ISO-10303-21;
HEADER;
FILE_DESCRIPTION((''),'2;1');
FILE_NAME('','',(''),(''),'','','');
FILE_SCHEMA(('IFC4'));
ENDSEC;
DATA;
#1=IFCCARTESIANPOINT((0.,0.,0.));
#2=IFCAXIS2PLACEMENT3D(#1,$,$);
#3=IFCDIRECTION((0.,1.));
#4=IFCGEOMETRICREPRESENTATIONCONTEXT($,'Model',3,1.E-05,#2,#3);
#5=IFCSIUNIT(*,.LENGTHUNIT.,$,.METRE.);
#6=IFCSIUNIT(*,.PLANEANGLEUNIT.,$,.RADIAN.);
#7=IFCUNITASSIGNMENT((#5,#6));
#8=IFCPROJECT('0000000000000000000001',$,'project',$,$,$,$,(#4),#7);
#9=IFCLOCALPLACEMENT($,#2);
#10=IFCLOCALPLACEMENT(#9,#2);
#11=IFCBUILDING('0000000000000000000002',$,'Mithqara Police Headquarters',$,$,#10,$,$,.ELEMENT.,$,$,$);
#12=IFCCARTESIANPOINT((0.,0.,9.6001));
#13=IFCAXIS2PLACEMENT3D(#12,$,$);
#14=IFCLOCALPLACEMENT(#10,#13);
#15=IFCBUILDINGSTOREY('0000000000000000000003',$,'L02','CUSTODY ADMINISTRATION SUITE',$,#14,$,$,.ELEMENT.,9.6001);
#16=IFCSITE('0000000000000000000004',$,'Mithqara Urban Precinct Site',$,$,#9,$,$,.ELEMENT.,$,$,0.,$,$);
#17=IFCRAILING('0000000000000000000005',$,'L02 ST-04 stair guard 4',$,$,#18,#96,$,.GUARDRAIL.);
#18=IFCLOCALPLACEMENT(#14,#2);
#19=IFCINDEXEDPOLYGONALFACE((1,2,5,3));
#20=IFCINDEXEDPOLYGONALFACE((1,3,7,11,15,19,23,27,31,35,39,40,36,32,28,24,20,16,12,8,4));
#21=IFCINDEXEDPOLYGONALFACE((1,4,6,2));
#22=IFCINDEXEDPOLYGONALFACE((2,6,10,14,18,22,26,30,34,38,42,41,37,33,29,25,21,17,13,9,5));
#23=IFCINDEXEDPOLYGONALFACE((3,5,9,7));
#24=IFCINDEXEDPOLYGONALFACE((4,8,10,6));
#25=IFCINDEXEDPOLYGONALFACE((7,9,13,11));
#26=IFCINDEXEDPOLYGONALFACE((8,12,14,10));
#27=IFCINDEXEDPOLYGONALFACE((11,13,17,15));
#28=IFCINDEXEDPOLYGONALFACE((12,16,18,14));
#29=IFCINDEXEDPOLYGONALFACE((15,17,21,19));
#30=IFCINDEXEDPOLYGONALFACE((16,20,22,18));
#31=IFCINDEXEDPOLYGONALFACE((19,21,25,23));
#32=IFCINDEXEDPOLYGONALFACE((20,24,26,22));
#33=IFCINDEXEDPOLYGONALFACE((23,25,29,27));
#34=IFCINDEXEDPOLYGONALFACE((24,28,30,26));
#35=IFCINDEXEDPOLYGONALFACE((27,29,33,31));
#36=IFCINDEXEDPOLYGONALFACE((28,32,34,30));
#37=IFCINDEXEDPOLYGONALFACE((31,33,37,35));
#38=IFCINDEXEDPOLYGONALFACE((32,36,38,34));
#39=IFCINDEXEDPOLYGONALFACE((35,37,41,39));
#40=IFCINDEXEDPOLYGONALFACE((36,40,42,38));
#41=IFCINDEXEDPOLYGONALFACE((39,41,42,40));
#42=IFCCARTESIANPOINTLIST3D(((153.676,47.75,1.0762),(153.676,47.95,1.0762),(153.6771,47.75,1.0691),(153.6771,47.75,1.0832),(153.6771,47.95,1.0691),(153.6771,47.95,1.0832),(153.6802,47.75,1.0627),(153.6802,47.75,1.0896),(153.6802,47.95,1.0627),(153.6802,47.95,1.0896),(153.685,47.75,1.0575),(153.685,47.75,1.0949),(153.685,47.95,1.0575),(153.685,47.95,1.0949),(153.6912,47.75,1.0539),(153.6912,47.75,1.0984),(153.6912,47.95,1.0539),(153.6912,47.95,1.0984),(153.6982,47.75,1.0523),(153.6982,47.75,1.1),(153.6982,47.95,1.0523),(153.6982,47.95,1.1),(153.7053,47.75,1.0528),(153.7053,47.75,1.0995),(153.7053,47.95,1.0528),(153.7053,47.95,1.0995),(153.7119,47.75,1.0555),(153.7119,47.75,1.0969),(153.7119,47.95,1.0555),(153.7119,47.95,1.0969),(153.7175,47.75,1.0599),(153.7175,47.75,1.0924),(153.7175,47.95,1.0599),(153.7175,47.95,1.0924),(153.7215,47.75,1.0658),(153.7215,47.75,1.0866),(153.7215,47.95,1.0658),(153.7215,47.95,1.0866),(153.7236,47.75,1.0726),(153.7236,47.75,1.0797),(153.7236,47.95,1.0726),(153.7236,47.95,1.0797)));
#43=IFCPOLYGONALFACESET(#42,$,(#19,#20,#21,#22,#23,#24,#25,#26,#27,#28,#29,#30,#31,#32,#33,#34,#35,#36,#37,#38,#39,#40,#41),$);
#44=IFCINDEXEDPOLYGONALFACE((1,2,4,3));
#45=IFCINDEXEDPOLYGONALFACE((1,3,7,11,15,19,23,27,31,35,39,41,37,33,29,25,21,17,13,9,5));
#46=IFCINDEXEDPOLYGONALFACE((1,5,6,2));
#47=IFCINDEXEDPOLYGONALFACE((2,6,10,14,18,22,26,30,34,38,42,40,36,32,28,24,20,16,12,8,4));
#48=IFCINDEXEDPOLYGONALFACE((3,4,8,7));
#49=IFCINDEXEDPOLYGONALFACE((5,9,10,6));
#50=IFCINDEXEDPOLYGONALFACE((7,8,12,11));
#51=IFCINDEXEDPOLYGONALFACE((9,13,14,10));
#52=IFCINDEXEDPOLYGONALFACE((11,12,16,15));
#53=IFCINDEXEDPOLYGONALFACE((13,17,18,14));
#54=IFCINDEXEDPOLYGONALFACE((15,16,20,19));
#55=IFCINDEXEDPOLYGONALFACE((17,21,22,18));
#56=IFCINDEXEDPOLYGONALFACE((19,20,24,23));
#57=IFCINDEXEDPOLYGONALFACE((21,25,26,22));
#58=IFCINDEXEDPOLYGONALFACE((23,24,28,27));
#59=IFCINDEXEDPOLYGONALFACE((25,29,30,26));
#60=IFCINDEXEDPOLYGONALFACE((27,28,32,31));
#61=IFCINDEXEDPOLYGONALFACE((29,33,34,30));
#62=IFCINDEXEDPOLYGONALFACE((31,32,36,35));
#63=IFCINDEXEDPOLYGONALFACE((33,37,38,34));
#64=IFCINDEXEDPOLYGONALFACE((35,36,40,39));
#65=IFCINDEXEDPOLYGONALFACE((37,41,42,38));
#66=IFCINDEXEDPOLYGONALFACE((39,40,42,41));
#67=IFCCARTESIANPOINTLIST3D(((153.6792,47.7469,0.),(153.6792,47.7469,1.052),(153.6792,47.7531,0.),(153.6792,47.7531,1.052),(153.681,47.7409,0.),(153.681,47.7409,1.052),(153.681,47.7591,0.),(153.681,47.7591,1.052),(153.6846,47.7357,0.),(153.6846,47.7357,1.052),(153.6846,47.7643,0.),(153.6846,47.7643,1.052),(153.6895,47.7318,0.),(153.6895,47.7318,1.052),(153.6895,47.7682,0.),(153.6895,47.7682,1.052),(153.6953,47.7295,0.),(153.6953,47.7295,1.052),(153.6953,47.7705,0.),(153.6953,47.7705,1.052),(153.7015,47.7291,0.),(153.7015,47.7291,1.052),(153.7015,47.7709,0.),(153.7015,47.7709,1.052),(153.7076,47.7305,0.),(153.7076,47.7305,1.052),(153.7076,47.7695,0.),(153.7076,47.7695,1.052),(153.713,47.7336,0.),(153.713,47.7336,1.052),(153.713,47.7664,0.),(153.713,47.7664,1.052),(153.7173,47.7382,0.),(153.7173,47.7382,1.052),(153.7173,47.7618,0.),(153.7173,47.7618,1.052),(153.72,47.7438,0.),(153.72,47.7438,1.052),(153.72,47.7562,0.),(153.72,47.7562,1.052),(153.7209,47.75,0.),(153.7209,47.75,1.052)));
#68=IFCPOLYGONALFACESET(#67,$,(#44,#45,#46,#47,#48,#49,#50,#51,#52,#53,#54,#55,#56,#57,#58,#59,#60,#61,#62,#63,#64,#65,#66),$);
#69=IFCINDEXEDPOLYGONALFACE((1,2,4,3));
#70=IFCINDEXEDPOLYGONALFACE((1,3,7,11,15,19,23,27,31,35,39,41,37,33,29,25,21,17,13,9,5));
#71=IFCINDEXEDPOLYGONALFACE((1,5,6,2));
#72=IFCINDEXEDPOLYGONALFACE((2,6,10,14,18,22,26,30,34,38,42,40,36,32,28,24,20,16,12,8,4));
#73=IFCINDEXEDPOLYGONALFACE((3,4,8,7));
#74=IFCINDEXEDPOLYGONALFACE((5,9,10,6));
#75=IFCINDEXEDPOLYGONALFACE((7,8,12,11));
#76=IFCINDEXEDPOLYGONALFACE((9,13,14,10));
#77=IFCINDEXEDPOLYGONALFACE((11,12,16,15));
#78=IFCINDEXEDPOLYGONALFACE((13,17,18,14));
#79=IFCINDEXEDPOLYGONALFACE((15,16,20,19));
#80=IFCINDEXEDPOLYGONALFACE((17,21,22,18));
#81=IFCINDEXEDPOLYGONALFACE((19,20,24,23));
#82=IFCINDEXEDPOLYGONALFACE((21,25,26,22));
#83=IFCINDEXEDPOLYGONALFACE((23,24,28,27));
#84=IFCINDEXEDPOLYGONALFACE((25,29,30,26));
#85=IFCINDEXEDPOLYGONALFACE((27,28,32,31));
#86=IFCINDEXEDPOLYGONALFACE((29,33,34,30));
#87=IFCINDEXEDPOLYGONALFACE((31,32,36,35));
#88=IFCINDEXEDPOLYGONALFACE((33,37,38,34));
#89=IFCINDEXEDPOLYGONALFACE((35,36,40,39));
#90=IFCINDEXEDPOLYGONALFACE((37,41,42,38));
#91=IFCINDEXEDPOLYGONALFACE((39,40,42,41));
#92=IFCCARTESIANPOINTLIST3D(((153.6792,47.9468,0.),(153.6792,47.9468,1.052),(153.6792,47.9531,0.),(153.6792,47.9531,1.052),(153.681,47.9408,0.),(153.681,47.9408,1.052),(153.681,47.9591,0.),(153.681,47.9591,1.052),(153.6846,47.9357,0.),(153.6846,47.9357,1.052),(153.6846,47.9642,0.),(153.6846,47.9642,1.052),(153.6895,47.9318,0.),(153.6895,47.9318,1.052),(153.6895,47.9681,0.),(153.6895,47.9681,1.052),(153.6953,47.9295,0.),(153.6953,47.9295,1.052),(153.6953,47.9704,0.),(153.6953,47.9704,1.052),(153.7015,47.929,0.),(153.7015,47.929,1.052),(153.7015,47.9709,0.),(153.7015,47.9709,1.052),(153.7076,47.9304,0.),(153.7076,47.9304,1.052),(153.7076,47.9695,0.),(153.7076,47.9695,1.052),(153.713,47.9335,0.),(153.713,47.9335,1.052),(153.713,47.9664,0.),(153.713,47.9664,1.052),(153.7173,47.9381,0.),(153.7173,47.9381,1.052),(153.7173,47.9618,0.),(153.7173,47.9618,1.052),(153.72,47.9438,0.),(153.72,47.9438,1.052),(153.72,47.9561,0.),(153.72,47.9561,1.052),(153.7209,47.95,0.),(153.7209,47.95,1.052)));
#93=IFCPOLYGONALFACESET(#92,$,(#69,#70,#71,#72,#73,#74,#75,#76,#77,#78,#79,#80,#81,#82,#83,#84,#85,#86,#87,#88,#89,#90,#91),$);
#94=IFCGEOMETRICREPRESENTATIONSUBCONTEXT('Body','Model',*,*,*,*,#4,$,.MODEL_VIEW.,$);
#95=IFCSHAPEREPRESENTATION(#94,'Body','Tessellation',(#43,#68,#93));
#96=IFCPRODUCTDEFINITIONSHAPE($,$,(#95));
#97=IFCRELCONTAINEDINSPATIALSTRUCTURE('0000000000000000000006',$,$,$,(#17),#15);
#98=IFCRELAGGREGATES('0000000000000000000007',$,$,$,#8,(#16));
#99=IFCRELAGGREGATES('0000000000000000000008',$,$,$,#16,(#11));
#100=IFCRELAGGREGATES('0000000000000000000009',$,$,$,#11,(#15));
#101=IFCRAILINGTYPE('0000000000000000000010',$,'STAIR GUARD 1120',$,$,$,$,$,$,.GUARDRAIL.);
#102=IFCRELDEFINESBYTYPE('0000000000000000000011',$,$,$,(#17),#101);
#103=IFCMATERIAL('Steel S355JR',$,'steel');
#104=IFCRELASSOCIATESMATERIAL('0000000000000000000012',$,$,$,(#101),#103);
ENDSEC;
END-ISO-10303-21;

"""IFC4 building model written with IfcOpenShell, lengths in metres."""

from ifc_helpers import new_model, si_unit, direction, frame, origin, origin_2d, place, context, subcontext, project, spatial, circle, extrude, material, type_object, element, save


model = new_model("IFC4")

# Units and contexts
model_context = context("Model", 3, precision=1e-05, world=origin(), true_north=direction((0.0, 1.0)))
body_context = subcontext(model_context, "Body", "Model", "MODEL_VIEW")
ifc_project = project(units=[si_unit("LENGTHUNIT", "METRE"), si_unit("PLANEANGLEUNIT", "RADIAN")], contexts=[model_context])

# Site, building, storey
site_placement = place(None, origin())
site = spatial("IfcSite", under=ifc_project, at=site_placement, Name="Mithqara Urban Precinct Site", CompositionType="ELEMENT", RefElevation=0.0)
building_placement = place(site_placement, origin())
building = spatial("IfcBuilding", under=site, at=building_placement, Name="Mithqara Police Headquarters", CompositionType="ELEMENT")
storey_placement = place(building_placement, frame((0.0, 0.0, 9.6001)))
storey = spatial("IfcBuildingStorey", under=building, at=storey_placement, Name="L02", Description="CUSTODY ADMINISTRATION SUITE", CompositionType="ELEMENT", Elevation=9.6001)

# Shared definitions
ifc_material_1 = material(Name="Steel S355JR", Category="steel")

# Railing
railing_type_1 = type_object("IfcRailingType", Name="STAIR GUARD 1120", PredefinedType="GUARDRAIL", material=ifc_material_1)
railing_1_placement = place(storey_placement, frame((153.7, 47.75, 0.0)))
element("IfcRailing", 1, at=railing_1_placement, inside=storey, type_object=railing_type_1, Name="L02 ST-04 stair guard 4", PredefinedType="GUARDRAIL", context=body_context, shape_type="SweptSolid", body=[
    extrude(circle(Radius=0.0239, at=origin_2d()), frame((0.0, 0.0, 1.0762), z_axis=(0.0, 1.0, 0.0), x_axis=(-1.0, 0.0, 0.0)), (0.0, 0.0, 1.0), 0.2),
    extrude(circle(Radius=0.021, at=origin_2d()), origin(), (0.0, 0.0, 1.0), 1.052),
    extrude(circle(Radius=0.021, at=origin_2d()), frame((0.0, 0.2, 0.0)), (0.0, 0.0, 1.0), 1.052),
])

save(model, "model.ifc")
